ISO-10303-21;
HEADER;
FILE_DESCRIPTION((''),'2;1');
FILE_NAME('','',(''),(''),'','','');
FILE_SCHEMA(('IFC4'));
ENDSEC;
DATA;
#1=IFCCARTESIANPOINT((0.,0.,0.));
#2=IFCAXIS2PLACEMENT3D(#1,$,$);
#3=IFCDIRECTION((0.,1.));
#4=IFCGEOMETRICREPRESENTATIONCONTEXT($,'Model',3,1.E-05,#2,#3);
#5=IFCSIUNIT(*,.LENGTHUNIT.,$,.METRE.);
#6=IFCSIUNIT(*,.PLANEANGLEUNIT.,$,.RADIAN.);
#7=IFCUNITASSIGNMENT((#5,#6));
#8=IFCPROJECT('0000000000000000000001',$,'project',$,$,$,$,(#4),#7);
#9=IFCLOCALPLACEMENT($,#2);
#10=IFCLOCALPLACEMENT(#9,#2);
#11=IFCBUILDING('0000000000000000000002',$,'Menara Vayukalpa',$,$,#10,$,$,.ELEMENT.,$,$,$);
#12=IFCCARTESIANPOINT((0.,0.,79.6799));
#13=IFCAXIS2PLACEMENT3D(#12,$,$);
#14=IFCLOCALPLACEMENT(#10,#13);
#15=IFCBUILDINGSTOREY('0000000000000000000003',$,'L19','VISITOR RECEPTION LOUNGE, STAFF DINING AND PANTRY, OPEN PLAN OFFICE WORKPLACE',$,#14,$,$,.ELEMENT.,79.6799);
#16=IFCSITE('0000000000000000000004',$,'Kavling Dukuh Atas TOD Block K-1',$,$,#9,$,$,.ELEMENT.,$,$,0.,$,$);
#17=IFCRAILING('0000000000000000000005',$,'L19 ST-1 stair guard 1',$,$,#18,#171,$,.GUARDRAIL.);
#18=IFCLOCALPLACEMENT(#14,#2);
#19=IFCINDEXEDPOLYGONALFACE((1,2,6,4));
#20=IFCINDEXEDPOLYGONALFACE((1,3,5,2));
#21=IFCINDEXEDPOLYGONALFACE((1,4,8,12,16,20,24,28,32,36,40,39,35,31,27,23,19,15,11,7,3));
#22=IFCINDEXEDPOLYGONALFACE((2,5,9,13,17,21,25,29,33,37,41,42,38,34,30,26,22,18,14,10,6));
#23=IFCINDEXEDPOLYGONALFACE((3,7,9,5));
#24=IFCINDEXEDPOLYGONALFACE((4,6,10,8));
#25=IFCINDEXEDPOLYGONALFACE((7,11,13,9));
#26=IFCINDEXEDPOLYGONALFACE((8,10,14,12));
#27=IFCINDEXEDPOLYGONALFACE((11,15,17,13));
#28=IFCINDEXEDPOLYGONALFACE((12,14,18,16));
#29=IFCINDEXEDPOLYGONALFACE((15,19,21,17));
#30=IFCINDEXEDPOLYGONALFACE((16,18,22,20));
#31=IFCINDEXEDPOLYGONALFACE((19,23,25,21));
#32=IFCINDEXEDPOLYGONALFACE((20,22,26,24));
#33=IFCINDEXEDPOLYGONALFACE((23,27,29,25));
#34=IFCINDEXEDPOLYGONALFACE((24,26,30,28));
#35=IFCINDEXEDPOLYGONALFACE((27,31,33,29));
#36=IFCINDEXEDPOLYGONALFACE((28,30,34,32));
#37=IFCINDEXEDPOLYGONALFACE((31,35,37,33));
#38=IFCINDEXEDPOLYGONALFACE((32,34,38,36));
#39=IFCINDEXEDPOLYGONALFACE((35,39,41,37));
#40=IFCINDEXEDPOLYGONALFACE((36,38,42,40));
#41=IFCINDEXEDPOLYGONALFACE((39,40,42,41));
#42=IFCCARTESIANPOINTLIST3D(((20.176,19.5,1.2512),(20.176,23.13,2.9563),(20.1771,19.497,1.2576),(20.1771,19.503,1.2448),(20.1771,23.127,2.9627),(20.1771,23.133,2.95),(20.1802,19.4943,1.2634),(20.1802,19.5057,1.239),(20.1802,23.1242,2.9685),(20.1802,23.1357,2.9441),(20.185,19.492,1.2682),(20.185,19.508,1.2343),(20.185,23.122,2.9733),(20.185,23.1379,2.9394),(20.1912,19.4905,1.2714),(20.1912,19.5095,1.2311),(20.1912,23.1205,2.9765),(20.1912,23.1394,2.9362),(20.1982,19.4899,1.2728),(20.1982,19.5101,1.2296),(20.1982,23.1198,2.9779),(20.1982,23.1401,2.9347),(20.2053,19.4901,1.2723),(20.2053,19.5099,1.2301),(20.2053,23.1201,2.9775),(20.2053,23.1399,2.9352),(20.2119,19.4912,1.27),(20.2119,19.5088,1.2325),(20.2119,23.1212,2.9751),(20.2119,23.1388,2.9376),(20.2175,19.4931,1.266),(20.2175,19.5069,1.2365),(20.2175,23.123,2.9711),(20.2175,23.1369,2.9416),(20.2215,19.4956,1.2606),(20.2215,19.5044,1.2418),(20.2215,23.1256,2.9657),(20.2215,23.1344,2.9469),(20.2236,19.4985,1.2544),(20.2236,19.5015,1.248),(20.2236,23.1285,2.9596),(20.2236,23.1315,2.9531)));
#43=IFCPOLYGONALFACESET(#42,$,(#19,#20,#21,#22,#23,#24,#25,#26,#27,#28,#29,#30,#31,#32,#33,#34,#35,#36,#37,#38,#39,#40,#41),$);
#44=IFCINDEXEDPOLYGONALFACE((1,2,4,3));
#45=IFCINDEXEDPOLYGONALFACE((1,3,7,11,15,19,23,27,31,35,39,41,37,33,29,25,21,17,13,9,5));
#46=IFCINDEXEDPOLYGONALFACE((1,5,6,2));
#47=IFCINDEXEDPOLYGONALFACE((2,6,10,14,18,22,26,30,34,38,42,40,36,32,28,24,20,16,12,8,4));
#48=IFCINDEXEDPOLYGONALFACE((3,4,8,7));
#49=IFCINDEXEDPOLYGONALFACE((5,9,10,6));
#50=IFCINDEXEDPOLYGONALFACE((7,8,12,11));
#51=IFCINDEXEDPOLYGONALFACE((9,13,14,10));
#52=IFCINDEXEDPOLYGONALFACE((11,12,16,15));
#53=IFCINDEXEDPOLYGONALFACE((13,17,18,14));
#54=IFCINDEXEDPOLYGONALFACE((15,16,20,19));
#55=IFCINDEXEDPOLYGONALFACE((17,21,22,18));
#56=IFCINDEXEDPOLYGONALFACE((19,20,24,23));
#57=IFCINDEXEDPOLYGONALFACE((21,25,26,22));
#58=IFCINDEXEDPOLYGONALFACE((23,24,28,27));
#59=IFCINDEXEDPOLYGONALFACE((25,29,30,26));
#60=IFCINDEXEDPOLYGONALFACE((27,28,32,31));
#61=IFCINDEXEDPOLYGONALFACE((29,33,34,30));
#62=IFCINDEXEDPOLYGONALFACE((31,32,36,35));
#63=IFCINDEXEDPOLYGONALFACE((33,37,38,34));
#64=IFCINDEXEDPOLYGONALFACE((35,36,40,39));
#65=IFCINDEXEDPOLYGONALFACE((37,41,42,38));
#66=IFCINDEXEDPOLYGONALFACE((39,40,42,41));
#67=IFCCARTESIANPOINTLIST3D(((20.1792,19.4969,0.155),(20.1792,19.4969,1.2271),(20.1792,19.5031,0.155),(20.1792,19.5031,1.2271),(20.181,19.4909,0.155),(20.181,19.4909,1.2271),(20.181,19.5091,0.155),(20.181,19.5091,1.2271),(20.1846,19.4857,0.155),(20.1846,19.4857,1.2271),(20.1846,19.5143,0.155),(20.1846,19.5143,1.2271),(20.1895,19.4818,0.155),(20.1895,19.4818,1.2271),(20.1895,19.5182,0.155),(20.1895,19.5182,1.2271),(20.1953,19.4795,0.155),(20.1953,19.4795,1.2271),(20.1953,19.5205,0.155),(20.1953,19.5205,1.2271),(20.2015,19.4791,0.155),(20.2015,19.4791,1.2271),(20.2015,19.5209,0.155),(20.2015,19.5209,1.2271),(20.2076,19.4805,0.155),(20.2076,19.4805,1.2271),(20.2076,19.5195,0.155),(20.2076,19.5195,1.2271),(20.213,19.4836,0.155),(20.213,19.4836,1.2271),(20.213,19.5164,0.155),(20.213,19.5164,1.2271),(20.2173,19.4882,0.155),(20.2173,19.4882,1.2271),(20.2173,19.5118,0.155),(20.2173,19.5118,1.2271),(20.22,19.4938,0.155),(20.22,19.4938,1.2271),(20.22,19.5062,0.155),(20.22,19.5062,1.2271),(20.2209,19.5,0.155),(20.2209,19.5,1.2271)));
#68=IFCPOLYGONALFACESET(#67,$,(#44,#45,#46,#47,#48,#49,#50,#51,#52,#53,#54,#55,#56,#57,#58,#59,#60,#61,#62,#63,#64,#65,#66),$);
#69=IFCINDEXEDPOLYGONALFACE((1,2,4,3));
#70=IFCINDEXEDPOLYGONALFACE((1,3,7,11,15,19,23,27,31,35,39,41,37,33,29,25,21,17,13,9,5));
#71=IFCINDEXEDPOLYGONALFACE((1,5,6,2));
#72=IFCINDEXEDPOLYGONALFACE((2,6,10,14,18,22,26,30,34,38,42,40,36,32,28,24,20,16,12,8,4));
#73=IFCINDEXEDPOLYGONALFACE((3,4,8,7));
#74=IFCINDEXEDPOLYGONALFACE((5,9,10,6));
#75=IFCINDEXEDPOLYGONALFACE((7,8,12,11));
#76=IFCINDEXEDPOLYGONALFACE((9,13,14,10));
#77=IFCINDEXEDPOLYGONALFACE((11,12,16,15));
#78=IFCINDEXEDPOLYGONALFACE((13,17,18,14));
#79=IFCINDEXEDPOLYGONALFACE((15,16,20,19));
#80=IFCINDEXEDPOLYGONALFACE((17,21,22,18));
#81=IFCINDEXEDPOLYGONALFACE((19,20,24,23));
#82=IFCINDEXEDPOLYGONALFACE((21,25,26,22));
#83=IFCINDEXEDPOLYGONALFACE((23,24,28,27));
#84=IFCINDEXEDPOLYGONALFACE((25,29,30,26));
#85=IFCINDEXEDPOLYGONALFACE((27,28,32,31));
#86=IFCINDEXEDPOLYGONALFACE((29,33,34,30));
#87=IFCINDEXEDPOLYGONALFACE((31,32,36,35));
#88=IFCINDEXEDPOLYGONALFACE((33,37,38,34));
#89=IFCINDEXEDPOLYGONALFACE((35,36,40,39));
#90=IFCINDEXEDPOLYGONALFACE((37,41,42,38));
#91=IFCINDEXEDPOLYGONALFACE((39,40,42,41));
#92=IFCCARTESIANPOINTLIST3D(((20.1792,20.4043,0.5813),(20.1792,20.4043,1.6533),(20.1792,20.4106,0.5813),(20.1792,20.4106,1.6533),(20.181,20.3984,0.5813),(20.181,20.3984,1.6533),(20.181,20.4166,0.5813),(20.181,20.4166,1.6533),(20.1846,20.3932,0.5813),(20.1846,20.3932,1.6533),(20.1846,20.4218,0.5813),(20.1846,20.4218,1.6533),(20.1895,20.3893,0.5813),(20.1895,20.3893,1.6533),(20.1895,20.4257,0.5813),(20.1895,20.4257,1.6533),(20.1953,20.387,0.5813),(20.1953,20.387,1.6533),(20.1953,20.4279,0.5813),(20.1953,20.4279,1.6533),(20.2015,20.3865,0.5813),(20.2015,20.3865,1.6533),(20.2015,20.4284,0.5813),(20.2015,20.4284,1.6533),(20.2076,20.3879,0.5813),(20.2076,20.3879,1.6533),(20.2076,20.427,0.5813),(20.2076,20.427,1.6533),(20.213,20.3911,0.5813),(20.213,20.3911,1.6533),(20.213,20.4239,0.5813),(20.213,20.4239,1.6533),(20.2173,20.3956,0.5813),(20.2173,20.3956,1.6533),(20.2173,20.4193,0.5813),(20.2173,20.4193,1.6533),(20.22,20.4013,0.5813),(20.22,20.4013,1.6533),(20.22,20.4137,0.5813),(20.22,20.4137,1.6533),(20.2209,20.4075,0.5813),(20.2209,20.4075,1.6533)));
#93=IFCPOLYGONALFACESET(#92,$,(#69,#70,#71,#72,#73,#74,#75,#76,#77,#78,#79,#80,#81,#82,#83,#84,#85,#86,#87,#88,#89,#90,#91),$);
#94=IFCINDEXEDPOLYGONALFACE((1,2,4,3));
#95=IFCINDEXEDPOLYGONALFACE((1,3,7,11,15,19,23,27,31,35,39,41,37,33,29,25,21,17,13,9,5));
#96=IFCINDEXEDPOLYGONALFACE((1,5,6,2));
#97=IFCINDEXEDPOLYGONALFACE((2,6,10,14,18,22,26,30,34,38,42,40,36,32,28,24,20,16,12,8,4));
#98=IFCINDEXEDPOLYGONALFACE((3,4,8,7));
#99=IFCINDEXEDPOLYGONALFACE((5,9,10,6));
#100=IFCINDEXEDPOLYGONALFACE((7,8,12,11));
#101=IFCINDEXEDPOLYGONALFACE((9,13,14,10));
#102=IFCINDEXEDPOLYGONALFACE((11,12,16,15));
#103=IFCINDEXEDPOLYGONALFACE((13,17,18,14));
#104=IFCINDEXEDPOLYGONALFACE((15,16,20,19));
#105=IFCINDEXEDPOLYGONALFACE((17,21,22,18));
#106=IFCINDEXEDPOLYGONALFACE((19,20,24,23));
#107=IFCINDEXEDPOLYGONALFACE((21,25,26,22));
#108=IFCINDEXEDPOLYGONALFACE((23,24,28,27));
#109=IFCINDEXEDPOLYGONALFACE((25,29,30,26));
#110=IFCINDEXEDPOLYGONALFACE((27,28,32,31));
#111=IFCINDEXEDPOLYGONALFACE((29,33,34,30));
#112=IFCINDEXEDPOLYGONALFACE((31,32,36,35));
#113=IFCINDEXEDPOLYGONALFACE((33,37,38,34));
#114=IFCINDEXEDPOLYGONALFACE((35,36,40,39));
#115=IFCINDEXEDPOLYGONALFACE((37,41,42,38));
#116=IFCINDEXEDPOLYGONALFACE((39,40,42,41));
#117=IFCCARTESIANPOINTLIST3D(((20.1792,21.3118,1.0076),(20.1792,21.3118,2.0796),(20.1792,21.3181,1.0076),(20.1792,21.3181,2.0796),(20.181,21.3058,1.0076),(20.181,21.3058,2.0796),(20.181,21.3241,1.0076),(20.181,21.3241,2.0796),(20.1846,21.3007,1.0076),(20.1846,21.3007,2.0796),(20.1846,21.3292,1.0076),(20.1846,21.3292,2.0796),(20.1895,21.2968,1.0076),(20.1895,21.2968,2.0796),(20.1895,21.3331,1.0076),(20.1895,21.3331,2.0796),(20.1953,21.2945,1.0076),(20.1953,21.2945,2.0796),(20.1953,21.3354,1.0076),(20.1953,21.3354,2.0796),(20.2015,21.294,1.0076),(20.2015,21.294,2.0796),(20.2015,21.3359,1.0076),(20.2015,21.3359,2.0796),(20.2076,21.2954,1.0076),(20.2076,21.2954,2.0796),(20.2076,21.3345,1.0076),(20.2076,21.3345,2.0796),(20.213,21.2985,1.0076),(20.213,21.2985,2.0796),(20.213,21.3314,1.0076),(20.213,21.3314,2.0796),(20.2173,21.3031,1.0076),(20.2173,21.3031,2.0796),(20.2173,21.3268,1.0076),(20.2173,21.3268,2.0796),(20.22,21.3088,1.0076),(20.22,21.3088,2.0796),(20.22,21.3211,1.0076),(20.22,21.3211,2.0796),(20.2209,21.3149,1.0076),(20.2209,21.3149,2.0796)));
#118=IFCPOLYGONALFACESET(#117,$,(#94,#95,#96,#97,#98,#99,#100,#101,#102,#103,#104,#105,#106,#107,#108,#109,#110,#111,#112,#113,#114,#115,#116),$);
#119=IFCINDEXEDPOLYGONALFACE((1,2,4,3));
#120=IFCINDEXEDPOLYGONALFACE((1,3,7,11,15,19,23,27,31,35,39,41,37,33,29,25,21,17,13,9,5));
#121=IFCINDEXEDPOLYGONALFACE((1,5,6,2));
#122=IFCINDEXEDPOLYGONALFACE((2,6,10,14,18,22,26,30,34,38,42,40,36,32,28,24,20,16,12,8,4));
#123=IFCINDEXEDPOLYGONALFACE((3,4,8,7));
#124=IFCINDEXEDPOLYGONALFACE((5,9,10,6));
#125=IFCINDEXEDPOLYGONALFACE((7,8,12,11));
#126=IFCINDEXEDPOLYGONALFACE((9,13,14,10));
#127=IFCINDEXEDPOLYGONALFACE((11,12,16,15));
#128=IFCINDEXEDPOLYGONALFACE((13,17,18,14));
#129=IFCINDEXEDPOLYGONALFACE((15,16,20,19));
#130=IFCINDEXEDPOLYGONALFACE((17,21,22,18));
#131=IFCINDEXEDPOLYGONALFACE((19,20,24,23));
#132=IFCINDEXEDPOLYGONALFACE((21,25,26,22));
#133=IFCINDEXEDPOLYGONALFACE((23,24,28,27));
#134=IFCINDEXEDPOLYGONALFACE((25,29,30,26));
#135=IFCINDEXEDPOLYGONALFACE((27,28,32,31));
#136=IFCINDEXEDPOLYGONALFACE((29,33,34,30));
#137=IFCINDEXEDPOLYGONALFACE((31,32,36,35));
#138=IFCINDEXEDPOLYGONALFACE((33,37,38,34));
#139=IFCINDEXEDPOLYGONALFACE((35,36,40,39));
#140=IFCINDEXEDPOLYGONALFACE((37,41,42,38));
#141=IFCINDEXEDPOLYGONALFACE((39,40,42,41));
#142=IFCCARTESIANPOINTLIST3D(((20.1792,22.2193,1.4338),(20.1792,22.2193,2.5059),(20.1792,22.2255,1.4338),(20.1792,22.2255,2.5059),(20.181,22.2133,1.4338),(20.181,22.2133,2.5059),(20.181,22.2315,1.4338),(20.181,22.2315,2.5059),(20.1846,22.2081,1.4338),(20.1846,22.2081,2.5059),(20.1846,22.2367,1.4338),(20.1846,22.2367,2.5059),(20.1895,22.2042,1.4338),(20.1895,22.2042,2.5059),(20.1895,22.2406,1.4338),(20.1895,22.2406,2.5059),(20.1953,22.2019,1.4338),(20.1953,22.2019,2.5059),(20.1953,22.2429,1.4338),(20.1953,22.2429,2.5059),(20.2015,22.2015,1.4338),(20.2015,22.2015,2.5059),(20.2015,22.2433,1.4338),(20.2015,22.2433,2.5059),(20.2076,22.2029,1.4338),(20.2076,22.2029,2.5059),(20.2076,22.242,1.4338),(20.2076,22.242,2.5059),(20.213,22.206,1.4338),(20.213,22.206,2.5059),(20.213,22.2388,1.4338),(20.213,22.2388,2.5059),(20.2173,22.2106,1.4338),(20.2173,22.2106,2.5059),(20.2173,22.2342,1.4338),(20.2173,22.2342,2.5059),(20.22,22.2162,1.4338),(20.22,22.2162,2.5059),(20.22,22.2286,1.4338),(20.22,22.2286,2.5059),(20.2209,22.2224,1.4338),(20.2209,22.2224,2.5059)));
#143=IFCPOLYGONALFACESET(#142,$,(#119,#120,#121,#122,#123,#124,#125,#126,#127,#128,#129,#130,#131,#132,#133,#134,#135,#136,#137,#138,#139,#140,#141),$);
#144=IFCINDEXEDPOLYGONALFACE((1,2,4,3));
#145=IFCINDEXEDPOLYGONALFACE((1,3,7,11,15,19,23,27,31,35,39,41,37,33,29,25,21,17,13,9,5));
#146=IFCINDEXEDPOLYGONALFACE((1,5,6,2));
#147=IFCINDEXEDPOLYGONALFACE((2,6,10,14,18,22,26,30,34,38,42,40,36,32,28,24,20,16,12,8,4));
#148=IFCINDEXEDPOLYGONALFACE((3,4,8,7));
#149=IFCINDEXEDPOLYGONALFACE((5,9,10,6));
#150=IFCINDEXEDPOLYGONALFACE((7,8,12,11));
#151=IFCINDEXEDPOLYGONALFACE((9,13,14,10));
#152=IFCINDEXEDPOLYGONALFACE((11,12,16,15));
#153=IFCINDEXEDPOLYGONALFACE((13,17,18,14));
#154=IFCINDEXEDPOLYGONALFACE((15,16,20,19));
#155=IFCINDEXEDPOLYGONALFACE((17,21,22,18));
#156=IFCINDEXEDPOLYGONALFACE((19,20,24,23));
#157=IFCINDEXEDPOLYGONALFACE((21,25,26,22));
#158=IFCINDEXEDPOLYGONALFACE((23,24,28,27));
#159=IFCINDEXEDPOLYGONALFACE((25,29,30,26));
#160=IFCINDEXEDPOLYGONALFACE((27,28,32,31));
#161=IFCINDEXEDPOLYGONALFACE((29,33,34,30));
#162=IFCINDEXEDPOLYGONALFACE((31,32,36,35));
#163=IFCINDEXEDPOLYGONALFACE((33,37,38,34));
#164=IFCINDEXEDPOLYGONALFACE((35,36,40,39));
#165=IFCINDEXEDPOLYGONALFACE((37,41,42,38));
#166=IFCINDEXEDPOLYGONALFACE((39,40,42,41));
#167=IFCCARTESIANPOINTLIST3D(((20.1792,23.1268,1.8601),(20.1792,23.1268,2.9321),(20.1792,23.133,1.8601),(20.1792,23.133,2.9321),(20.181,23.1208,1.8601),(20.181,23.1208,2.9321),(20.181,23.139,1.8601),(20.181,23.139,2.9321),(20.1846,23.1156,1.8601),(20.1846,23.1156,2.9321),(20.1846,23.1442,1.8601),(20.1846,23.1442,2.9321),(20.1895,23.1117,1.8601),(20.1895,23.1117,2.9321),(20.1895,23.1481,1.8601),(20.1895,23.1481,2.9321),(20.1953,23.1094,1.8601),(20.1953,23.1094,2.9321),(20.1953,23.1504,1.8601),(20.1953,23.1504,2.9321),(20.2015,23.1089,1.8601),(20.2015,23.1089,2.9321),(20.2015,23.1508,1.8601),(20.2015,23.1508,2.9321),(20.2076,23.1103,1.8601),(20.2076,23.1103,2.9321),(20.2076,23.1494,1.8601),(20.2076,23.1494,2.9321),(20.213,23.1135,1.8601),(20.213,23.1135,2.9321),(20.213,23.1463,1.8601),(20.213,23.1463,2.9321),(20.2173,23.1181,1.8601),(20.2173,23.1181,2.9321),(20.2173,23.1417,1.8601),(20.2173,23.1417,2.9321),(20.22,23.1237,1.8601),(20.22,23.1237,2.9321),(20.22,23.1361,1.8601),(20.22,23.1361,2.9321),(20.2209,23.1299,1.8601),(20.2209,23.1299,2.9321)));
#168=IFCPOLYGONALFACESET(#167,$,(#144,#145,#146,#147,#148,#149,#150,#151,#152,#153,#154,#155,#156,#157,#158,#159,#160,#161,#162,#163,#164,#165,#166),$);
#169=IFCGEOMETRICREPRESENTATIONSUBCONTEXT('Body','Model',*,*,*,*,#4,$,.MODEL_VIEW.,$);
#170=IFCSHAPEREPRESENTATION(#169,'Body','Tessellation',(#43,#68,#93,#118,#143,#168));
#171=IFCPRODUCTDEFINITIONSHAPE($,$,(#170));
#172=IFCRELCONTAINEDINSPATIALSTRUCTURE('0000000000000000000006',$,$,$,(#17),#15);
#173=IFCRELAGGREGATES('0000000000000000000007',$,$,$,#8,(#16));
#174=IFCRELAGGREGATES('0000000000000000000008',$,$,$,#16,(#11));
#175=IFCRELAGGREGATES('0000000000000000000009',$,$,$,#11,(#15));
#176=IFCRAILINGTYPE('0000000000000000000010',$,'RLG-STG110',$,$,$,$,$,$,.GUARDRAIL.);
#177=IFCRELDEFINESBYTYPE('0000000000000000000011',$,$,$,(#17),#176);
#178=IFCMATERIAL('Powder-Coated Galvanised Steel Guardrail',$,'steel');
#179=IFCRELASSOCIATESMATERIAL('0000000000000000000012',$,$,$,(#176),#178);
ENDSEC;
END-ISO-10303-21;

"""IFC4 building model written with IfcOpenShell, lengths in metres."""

from ifc_helpers import new_model, si_unit, direction, frame, origin, origin_2d, place, context, subcontext, project, spatial, circle, extrude, material, type_object, element, save


model = new_model("IFC4")

# Units and contexts
model_context = context("Model", 3, precision=1e-05, world=origin(), true_north=direction((0.0, 1.0)))
body_context = subcontext(model_context, "Body", "Model", "MODEL_VIEW")
ifc_project = project(units=[si_unit("LENGTHUNIT", "METRE"), si_unit("PLANEANGLEUNIT", "RADIAN")], contexts=[model_context])

# Site, building, storey
site_placement = place(None, origin())
site = spatial("IfcSite", under=ifc_project, at=site_placement, Name="Kavling Dukuh Atas TOD Block K-1", CompositionType="ELEMENT", RefElevation=0.0)
building_placement = place(site_placement, origin())
building = spatial("IfcBuilding", under=site, at=building_placement, Name="Menara Vayukalpa", CompositionType="ELEMENT")
storey_placement = place(building_placement, frame((0.0, 0.0, 79.6799)))
storey = spatial("IfcBuildingStorey", under=building, at=storey_placement, Name="L19", Description="VISITOR RECEPTION LOUNGE, STAFF DINING AND PANTRY, OPEN PLAN OFFICE WORKPLACE", CompositionType="ELEMENT", Elevation=79.6799)

# Railing
ifc_material_1 = material(Name="Powder-Coated Galvanised Steel Guardrail", Category="steel")
railing_type_1 = type_object("IfcRailingType", Name="RLG-STG110", PredefinedType="GUARDRAIL", material=ifc_material_1)
railing_1_placement = place(storey_placement, frame((20.2, 19.5, 0.155)))
element("IfcRailing", 1, at=railing_1_placement, inside=storey, type_object=railing_type_1, Name="L19 ST-1 stair guard 1", PredefinedType="GUARDRAIL", context=body_context, shape_type="SweptSolid", body=[
    extrude(circle(Radius=0.0239, at=origin_2d()), frame((0.0, 0.0, 1.0962), z_axis=(0.0, 0.905116, 0.425164), x_axis=(-1.0, 0.0, 0.0)), (0.0, 0.0, 1.0), 4.0105),
    extrude(circle(Radius=0.021, at=origin_2d()), origin(), (0.0, 0.0, 1.0), 1.072),
    extrude(circle(Radius=0.021, at=origin_2d()), frame((0.0, 0.9075, 0.4263)), (0.0, 0.0, 1.0), 1.072),
    extrude(circle(Radius=0.021, at=origin_2d()), frame((0.0, 1.8149, 0.8525)), (0.0, 0.0, 1.0), 1.072),
    extrude(circle(Radius=0.021, at=origin_2d()), frame((0.0, 2.7224, 1.2788)), (0.0, 0.0, 1.0), 1.072),
    extrude(circle(Radius=0.021, at=origin_2d()), frame((0.0, 3.6299, 1.7051)), (0.0, 0.0, 1.0), 1.072),
])

save(model, "model.ifc")
